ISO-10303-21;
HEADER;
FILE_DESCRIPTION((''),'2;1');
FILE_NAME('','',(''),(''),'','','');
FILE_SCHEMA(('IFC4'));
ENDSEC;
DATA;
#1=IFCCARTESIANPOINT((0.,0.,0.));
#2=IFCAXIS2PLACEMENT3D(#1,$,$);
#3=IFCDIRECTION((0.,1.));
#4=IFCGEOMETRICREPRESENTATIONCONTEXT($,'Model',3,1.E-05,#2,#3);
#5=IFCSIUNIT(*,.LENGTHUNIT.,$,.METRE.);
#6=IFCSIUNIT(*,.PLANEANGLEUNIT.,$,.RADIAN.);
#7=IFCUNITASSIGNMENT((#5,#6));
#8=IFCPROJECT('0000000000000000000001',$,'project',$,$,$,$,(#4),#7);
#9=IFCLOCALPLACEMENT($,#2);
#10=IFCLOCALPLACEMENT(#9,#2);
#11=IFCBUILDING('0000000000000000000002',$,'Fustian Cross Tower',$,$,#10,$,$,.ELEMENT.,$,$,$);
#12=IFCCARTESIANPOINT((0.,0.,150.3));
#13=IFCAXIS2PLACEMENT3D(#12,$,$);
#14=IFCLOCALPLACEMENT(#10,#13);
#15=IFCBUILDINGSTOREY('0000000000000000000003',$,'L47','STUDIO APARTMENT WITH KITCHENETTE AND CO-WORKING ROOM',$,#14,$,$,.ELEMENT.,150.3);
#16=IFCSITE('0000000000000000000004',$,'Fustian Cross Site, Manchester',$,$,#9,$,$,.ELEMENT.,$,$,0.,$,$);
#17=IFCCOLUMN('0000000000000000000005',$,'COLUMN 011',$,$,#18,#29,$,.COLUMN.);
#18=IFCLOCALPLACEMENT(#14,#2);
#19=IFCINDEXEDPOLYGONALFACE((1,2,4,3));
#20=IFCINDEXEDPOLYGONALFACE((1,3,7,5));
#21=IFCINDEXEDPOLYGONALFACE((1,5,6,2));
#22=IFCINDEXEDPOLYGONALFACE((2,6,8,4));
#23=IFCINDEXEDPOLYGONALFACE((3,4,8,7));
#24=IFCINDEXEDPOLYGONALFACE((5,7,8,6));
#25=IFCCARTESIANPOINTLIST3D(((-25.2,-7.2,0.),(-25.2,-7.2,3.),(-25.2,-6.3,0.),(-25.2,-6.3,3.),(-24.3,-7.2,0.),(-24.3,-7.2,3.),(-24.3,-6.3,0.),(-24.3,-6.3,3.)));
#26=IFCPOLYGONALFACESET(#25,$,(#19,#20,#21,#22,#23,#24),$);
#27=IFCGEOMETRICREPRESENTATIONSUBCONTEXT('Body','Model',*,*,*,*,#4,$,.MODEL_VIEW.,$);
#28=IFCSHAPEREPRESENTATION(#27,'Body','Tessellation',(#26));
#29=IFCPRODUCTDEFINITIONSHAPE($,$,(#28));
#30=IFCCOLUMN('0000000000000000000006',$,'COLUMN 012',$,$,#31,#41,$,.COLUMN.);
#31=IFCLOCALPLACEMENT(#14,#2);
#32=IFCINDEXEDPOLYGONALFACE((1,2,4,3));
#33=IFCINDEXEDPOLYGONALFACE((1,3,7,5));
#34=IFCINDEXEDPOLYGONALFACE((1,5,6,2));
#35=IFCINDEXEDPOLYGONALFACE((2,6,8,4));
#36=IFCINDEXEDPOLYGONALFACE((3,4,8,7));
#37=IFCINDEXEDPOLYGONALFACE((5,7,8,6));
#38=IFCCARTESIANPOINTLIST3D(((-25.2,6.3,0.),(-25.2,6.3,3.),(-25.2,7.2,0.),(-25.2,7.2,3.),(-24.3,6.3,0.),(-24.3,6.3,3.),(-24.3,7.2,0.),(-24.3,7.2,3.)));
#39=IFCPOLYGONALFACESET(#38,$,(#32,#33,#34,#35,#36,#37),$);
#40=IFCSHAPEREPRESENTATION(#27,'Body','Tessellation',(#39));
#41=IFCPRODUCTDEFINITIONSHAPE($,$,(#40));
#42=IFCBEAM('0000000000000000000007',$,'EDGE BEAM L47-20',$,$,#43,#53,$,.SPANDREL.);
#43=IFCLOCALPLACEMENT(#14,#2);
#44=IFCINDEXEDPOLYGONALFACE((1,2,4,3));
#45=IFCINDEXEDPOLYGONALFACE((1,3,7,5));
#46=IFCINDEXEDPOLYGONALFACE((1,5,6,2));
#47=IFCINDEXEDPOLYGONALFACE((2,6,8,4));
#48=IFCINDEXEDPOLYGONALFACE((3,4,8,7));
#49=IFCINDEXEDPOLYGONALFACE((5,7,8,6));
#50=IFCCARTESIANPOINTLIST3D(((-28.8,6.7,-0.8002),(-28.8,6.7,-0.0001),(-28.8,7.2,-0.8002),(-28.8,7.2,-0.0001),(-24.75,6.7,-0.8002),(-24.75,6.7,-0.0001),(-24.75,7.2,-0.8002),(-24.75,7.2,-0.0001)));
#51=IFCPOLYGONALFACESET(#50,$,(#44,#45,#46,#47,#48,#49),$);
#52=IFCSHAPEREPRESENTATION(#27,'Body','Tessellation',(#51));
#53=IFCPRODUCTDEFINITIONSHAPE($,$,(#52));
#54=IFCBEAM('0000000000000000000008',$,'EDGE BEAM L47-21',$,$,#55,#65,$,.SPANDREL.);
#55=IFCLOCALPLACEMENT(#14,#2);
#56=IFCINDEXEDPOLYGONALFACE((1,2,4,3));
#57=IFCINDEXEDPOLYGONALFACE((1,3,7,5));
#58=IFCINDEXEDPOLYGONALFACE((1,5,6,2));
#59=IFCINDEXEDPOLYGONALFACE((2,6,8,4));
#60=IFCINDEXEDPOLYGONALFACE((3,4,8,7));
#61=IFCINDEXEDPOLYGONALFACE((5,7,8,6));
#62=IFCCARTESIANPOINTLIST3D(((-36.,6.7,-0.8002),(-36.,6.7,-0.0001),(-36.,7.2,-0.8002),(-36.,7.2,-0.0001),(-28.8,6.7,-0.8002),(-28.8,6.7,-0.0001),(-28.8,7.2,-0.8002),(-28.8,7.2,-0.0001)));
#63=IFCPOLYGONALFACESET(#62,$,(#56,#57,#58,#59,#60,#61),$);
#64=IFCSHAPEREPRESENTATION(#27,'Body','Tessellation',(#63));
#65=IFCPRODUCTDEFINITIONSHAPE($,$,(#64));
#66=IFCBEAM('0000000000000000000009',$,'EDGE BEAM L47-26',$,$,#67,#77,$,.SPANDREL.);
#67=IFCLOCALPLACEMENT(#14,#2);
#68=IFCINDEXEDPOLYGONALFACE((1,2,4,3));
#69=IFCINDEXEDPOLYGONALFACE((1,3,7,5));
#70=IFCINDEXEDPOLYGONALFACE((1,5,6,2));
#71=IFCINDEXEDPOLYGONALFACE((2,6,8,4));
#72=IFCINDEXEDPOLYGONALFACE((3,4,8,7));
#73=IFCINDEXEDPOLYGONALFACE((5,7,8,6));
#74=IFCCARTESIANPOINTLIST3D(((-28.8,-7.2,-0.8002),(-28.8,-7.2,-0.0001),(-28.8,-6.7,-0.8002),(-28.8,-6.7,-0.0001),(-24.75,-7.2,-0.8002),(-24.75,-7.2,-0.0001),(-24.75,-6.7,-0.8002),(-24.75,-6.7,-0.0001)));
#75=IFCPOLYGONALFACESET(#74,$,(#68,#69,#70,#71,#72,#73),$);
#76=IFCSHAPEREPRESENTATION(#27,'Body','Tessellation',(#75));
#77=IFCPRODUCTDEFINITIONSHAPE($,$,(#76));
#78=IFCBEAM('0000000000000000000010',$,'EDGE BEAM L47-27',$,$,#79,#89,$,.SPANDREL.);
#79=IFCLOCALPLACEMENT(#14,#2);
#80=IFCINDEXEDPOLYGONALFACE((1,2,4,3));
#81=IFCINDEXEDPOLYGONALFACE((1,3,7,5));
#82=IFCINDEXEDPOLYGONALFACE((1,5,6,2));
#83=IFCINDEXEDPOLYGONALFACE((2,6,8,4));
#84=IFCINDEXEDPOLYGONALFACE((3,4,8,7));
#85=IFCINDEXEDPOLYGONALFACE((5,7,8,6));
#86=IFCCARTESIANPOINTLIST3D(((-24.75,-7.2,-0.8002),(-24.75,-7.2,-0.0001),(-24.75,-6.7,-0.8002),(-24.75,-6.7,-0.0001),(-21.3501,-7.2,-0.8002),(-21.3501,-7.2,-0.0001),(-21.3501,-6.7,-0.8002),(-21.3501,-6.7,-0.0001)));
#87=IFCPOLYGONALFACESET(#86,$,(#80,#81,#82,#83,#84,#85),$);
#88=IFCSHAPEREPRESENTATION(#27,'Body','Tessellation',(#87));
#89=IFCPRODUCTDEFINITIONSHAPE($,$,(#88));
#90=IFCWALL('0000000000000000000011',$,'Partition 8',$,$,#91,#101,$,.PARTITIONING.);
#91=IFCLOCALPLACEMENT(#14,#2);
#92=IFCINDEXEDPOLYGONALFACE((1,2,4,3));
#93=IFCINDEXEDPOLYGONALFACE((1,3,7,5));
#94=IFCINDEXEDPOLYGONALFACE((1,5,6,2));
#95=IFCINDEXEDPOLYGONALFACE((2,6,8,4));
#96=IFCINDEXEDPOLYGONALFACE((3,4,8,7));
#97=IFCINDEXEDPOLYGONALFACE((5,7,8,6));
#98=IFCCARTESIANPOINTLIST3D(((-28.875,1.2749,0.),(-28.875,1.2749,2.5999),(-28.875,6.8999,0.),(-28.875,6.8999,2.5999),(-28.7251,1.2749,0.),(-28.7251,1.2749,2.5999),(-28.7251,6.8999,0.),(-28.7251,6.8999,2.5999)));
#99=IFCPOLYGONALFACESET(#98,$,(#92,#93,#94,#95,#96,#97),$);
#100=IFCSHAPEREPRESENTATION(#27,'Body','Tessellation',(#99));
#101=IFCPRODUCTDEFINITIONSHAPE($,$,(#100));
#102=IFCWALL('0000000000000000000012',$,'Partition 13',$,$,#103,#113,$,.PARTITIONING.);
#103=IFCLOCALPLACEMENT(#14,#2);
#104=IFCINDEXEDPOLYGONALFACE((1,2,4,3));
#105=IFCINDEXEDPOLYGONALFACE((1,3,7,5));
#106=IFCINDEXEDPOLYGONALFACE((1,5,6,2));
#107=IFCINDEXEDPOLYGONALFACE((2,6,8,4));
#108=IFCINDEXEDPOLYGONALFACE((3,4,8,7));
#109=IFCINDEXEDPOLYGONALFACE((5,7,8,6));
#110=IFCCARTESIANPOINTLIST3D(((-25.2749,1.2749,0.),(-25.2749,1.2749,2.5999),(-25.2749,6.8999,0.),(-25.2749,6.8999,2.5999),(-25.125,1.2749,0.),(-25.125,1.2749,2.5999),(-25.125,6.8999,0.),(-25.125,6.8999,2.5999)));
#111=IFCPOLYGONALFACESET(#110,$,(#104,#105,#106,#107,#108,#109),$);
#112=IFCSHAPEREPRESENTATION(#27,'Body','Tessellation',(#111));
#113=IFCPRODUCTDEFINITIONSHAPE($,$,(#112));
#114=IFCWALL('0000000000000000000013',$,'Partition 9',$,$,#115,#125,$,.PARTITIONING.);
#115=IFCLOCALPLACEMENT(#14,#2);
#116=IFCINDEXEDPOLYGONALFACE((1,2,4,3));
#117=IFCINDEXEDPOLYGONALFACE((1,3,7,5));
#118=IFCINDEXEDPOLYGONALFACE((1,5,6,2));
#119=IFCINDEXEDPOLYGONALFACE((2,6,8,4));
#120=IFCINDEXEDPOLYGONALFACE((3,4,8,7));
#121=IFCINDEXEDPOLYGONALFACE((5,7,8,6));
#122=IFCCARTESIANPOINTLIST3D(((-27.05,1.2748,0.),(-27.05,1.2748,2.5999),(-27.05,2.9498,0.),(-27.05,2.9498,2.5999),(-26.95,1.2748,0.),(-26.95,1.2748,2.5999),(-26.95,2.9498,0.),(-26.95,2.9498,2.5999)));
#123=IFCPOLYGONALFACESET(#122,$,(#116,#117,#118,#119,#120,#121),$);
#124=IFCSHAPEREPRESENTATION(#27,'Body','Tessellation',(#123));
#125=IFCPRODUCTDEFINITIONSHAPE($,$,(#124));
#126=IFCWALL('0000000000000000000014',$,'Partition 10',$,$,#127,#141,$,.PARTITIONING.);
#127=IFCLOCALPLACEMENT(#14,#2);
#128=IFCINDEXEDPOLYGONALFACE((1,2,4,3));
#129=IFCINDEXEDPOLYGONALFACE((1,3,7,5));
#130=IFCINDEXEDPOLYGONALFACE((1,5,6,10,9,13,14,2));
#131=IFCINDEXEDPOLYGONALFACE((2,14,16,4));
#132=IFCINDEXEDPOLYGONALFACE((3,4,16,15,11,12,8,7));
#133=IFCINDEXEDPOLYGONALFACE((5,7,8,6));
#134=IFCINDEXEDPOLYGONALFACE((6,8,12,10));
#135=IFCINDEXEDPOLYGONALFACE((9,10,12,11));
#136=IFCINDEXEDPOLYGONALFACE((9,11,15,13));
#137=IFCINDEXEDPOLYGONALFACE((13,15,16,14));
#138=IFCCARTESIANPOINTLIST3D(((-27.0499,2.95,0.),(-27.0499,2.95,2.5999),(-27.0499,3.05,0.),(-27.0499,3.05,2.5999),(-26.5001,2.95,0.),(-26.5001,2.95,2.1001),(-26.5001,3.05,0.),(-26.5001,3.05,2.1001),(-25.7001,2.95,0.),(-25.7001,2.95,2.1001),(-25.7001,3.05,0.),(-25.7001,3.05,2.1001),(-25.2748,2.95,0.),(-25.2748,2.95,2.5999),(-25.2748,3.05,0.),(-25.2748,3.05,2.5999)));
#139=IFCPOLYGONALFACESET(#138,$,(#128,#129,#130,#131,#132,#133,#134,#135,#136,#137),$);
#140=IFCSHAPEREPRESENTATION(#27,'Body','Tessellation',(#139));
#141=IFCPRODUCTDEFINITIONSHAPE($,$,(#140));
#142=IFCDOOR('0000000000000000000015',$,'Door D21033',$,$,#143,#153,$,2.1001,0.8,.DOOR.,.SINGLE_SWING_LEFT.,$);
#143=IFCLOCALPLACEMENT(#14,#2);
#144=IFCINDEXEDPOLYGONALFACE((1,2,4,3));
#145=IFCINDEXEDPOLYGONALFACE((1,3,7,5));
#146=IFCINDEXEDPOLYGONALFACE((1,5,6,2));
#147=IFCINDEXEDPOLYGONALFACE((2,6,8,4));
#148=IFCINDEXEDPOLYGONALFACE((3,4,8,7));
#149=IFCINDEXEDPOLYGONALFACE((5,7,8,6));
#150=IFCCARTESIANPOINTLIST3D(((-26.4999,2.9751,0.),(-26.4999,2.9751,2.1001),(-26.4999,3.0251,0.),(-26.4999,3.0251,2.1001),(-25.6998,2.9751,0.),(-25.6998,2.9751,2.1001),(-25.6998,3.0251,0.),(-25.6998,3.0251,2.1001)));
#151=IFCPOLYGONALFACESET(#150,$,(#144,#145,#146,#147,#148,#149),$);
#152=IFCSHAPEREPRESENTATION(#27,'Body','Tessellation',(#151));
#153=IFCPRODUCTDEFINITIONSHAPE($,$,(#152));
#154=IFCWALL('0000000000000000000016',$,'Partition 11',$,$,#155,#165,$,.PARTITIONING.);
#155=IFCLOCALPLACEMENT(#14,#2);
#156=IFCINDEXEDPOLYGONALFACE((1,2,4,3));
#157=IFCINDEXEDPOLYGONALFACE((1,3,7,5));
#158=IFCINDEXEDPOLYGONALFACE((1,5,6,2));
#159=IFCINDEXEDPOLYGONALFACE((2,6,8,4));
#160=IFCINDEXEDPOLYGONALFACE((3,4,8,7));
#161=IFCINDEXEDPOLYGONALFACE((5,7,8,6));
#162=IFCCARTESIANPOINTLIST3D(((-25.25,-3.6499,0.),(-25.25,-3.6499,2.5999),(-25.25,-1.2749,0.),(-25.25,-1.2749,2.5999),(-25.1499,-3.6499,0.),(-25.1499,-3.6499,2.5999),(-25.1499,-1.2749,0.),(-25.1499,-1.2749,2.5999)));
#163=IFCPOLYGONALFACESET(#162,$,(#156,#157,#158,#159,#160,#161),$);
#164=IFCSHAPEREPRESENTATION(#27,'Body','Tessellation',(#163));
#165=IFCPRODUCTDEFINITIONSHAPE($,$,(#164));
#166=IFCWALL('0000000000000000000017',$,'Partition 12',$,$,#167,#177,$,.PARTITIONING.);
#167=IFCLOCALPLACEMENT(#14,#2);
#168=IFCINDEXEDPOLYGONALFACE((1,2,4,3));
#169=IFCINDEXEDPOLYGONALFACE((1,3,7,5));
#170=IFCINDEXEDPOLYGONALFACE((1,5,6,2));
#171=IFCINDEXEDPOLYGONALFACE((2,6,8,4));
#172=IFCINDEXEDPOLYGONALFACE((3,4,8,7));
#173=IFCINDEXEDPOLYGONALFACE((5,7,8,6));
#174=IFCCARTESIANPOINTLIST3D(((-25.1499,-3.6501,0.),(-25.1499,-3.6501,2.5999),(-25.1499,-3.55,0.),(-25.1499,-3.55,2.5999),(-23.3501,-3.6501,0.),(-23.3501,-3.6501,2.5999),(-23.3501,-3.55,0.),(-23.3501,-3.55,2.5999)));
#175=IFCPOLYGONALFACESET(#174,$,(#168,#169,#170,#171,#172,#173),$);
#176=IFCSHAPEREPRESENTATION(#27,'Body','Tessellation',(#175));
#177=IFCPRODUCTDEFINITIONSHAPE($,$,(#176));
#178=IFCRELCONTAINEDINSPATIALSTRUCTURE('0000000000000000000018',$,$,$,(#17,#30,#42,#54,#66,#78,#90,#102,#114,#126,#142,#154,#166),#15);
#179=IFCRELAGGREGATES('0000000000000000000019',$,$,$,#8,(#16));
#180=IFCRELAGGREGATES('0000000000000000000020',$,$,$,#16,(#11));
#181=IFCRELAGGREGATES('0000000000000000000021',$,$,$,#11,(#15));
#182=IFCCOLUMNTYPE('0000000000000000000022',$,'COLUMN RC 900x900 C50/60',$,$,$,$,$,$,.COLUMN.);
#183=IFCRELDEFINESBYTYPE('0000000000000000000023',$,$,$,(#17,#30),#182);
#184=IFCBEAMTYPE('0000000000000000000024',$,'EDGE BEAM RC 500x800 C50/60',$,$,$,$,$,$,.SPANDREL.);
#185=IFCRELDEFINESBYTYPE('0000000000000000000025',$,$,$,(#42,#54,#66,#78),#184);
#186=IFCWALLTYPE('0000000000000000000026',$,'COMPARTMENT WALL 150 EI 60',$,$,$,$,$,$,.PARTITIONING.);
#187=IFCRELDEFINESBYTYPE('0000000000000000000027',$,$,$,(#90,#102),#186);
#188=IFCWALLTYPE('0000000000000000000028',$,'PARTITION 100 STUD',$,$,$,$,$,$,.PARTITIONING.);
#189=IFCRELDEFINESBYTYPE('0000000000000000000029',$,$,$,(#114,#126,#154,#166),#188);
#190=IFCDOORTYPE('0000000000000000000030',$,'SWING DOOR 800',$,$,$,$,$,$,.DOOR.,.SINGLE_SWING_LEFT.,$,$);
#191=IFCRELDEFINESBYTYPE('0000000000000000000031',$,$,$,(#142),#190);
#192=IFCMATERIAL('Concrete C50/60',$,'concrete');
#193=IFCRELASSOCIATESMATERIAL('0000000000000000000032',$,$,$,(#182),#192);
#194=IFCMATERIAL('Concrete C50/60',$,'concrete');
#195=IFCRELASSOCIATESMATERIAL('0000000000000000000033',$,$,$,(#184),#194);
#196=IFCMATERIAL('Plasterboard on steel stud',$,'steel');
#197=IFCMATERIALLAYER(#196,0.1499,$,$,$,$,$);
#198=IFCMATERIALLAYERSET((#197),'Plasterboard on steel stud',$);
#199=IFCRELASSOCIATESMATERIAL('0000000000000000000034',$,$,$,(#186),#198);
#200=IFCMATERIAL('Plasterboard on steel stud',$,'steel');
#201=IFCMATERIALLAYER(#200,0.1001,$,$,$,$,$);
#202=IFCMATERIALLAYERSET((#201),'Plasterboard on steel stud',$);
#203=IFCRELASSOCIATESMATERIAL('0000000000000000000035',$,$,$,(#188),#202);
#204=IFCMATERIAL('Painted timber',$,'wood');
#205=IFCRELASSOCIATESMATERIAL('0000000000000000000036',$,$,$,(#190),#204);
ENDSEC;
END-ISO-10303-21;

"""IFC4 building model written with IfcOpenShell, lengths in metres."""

from ifc_helpers import new_model, si_unit, direction, frame, frame_2d, origin, origin_2d, place, context, subcontext, project, spatial, rectangle, extrude, material, layer, layer_set, material_profile, profile_set, type_object, element, fill, save


model = new_model("IFC4")

# Units and contexts
model_context = context("Model", 3, precision=1e-05, world=origin(), true_north=direction((0.0, 1.0)))
body_context = subcontext(model_context, "Body", "Model", "MODEL_VIEW")
ifc_project = project(units=[si_unit("LENGTHUNIT", "METRE"), si_unit("PLANEANGLEUNIT", "RADIAN")], contexts=[model_context])

# Site, building, storey
site_placement = place(None, origin())
site = spatial("IfcSite", under=ifc_project, at=site_placement, Name="Fustian Cross Site, Manchester", CompositionType="ELEMENT", RefElevation=0.0)
building_placement = place(site_placement, origin())
building = spatial("IfcBuilding", under=site, at=building_placement, Name="Fustian Cross Tower", CompositionType="ELEMENT")
storey_placement = place(building_placement, frame((0.0, 0.0, 150.3)))
storey = spatial("IfcBuildingStorey", under=building, at=storey_placement, Name="L47", Description="STUDIO APARTMENT WITH KITCHENETTE AND CO-WORKING ROOM", CompositionType="ELEMENT", Elevation=150.3)

# Columns
ifc_material_1 = material(Name="Concrete C50/60", Category="concrete")
ifc_material_profile_1 = material_profile(ifc_material_1, rectangle(XDim=0.8999, YDim=0.8999, at=origin_2d()), Name="RC 900x900")
ifc_profile_set_1 = profile_set([ifc_material_profile_1], Name="Concrete C50/60")
column_type = type_object("IfcColumnType", Name="COLUMN RC 900x900 C50/60", PredefinedType="COLUMN", material=ifc_profile_set_1)
for number, where, z_axis, x_axis, name in (
    (1, (-24.75, -6.75, 0.0), (0.0, 0.0, 1.0), (1.0, 0.0, 0.0), "COLUMN 011"),
    (2, (-24.75, 6.75, 0.0), (0.0, 0.0, 1.0), (1.0, 0.0, 0.0), "COLUMN 012"),
):
    element("IfcColumn", number, at=place(storey_placement, frame(where, z_axis=z_axis, x_axis=x_axis)), inside=storey, type_object=column_type, Name=name, PredefinedType="COLUMN", context=body_context, shape_type="SweptSolid", body=[
        extrude(rectangle(XDim=0.8999, YDim=0.8999, at=origin_2d()), origin(), (0.0, 0.0, 1.0), 3.0),
    ])

# Beams
ifc_material_2 = material(Name="Concrete C50/60", Category="concrete")
ifc_material_profile_2 = material_profile(ifc_material_2, rectangle(XDim=0.5, YDim=0.8, at=origin_2d()), Name="RC 500x800")
ifc_profile_set_2 = profile_set([ifc_material_profile_2], Name="Concrete C50/60")
beam_type = type_object("IfcBeamType", Name="EDGE BEAM RC 500x800 C50/60", PredefinedType="SPANDREL", material=ifc_profile_set_2)
beam_1_placement = place(storey_placement, frame((-24.75, 6.95, -0.4001), z_axis=(-1.0, 0.0, 0.0), x_axis=(0.0, -1.0, 0.0)))
element("IfcBeam", 3, at=beam_1_placement, inside=storey, type_object=beam_type, Name="EDGE BEAM L47-20", PredefinedType="SPANDREL", context=body_context, shape_type="SweptSolid", body=[
    extrude(rectangle(XDim=0.5, YDim=0.8, at=origin_2d()), origin(), (0.0, 0.0, 1.0), 4.05),
])
beam_2_placement = place(storey_placement, frame((-28.8, 6.95, -0.4001), z_axis=(-1.0, 0.0, 0.0), x_axis=(0.0, -1.0, 0.0)))
element("IfcBeam", 4, at=beam_2_placement, inside=storey, type_object=beam_type, Name="EDGE BEAM L47-21", PredefinedType="SPANDREL", context=body_context, shape_type="SweptSolid", body=[
    extrude(rectangle(XDim=0.5, YDim=0.8, at=origin_2d()), origin(), (0.0, 0.0, 1.0), 7.2),
])
beam_3_placement = place(storey_placement, frame((-28.8, -6.95, -0.4001), z_axis=(1.0, 0.0, 0.0), x_axis=(0.0, 1.0, 0.0)))
element("IfcBeam", 5, at=beam_3_placement, inside=storey, type_object=beam_type, Name="EDGE BEAM L47-26", PredefinedType="SPANDREL", context=body_context, shape_type="SweptSolid", body=[
    extrude(rectangle(XDim=0.5, YDim=0.8, at=origin_2d()), origin(), (0.0, 0.0, 1.0), 4.05),
])
beam_4_placement = place(storey_placement, frame((-24.75, -6.95, -0.4001), z_axis=(1.0, 0.0, 0.0), x_axis=(0.0, 1.0, 0.0)))
element("IfcBeam", 6, at=beam_4_placement, inside=storey, type_object=beam_type, Name="EDGE BEAM L47-27", PredefinedType="SPANDREL", context=body_context, shape_type="SweptSolid", body=[
    extrude(rectangle(XDim=0.5, YDim=0.8, at=origin_2d()), origin(), (0.0, 0.0, 1.0), 3.3999),
])

# Walls
ifc_material_3 = material(Name="Plasterboard on steel stud", Category="steel")
ifc_layer_1 = layer(ifc_material_3, 0.1499)
ifc_layer_set_1 = layer_set([ifc_layer_1], Name="Plasterboard on steel stud")
wall_type_1 = type_object("IfcWallType", Name="COMPARTMENT WALL 150 EI 60", PredefinedType="PARTITIONING", material=ifc_layer_set_1)
for number, where, z_axis, x_axis, name in (
    (7, (-28.8, 1.2749, 0.0), (0.0, 0.0, 1.0), (0.0, 1.0, 0.0), "Partition 8"),
    (8, (-25.2, 1.2749, 0.0), (0.0, 0.0, 1.0), (0.0, 1.0, 0.0), "Partition 13"),
):
    element("IfcWall", number, at=place(storey_placement, frame(where, z_axis=z_axis, x_axis=x_axis)), inside=storey, type_object=wall_type_1, Name=name, PredefinedType="PARTITIONING", context=body_context, shape_type="SweptSolid", body=[
        extrude(rectangle(XDim=5.625, YDim=0.1499, at=frame_2d((2.8125, 0.0))), origin(), (0.0, 0.0, 1.0), 2.5999),
    ])
ifc_material_4 = material(Name="Plasterboard on steel stud", Category="steel")
ifc_layer_2 = layer(ifc_material_4, 0.1001)
ifc_layer_set_2 = layer_set([ifc_layer_2], Name="Plasterboard on steel stud")
wall_type_2 = type_object("IfcWallType", Name="PARTITION 100 STUD", PredefinedType="PARTITIONING", material=ifc_layer_set_2)
wall_1_placement = place(storey_placement, frame((-27.0, 1.2749, 0.0), z_axis=(0.0, 0.0, 1.0), x_axis=(0.0, 1.0, 0.0)))
element("IfcWall", 9, at=wall_1_placement, inside=storey, type_object=wall_type_2, Name="Partition 9", PredefinedType="PARTITIONING", context=body_context, shape_type="SweptSolid", body=[
    extrude(rectangle(XDim=1.675, YDim=0.1001, at=frame_2d((0.8374, 0.0))), origin(), (0.0, 0.0, 1.0), 2.5999),
])

# Wall, opening, door
wall_2_placement = place(storey_placement, frame((-27.05, 3.0, 0.0), z_axis=(0.0, 0.0, 1.0), x_axis=(1.0, 0.0, 0.0)))
wall_2 = element("IfcWall", 10, at=wall_2_placement, inside=storey, type_object=wall_type_2, Name="Partition 10", PredefinedType="PARTITIONING", context=body_context, shape_type="SweptSolid", body=[
    extrude(rectangle(XDim=1.7751, YDim=0.1001, at=frame_2d((0.8877, 0.0))), origin(), (0.0, 0.0, 1.0), 2.5999),
])
opening_1_placement = place(wall_2_placement, frame((0.55, 0.0, 0.0)))
opening_1 = element("IfcOpeningElement", 11, at=opening_1_placement, cuts=wall_2, PredefinedType="OPENING", context=body_context, shape_type="SweptSolid", body=[
    extrude(rectangle(XDim=0.8, YDim=2.1001, at=frame_2d((0.3999, 1.05))), frame((0.0, 0.0601, 0.0), z_axis=(0.0, -1.0, 0.0), x_axis=(1.0, 0.0, 0.0)), (0.0, 0.0, 1.0), 0.1201),
])
ifc_material_5 = material(Name="Painted timber", Category="wood")
door_type = type_object("IfcDoorType", Name="SWING DOOR 800", OperationType="SINGLE_SWING_LEFT", PredefinedType="DOOR", material=ifc_material_5)
door_1_placement = place(opening_1_placement, frame((0.8, 0.0, 0.0), z_axis=(0.0, 0.0, 1.0), x_axis=(-1.0, 0.0, 0.0)))
door_1 = element("IfcDoor", 12, at=door_1_placement, inside=storey, type_object=door_type, Name="Door D21033", OperationType="SINGLE_SWING_LEFT", OverallHeight=2.1001, OverallWidth=0.8, PredefinedType="DOOR", context=body_context, shape_type="SweptSolid", body=[
    extrude(rectangle(XDim=0.8, YDim=2.1001, at=frame_2d((0.3999, 1.05))), frame((0.0, 0.0249, 0.0), z_axis=(0.0, -1.0, 0.0), x_axis=(1.0, 0.0, 0.0)), (0.0, 0.0, 1.0), 0.05),
])
fill(opening_1, door_1)

# Walls
wall_3_placement = place(storey_placement, frame((-25.2, -3.6499, 0.0), z_axis=(0.0, 0.0, 1.0), x_axis=(0.0, 1.0, 0.0)))
element("IfcWall", 13, at=wall_3_placement, inside=storey, type_object=wall_type_2, Name="Partition 11", PredefinedType="PARTITIONING", context=body_context, shape_type="SweptSolid", body=[
    extrude(rectangle(XDim=2.375, YDim=0.1001, at=frame_2d((1.1875, 0.0))), origin(), (0.0, 0.0, 1.0), 2.5999),
])
wall_4_placement = place(storey_placement, frame((-25.1499, -3.6001, 0.0), z_axis=(0.0, 0.0, 1.0), x_axis=(1.0, 0.0, 0.0)))
element("IfcWall", 14, at=wall_4_placement, inside=storey, type_object=wall_type_2, Name="Partition 12", PredefinedType="PARTITIONING", context=body_context, shape_type="SweptSolid", body=[
    extrude(rectangle(XDim=1.7998, YDim=0.1001, at=frame_2d((0.8999, 0.0))), origin(), (0.0, 0.0, 1.0), 2.5999),
])

save(model, "model.ifc")
